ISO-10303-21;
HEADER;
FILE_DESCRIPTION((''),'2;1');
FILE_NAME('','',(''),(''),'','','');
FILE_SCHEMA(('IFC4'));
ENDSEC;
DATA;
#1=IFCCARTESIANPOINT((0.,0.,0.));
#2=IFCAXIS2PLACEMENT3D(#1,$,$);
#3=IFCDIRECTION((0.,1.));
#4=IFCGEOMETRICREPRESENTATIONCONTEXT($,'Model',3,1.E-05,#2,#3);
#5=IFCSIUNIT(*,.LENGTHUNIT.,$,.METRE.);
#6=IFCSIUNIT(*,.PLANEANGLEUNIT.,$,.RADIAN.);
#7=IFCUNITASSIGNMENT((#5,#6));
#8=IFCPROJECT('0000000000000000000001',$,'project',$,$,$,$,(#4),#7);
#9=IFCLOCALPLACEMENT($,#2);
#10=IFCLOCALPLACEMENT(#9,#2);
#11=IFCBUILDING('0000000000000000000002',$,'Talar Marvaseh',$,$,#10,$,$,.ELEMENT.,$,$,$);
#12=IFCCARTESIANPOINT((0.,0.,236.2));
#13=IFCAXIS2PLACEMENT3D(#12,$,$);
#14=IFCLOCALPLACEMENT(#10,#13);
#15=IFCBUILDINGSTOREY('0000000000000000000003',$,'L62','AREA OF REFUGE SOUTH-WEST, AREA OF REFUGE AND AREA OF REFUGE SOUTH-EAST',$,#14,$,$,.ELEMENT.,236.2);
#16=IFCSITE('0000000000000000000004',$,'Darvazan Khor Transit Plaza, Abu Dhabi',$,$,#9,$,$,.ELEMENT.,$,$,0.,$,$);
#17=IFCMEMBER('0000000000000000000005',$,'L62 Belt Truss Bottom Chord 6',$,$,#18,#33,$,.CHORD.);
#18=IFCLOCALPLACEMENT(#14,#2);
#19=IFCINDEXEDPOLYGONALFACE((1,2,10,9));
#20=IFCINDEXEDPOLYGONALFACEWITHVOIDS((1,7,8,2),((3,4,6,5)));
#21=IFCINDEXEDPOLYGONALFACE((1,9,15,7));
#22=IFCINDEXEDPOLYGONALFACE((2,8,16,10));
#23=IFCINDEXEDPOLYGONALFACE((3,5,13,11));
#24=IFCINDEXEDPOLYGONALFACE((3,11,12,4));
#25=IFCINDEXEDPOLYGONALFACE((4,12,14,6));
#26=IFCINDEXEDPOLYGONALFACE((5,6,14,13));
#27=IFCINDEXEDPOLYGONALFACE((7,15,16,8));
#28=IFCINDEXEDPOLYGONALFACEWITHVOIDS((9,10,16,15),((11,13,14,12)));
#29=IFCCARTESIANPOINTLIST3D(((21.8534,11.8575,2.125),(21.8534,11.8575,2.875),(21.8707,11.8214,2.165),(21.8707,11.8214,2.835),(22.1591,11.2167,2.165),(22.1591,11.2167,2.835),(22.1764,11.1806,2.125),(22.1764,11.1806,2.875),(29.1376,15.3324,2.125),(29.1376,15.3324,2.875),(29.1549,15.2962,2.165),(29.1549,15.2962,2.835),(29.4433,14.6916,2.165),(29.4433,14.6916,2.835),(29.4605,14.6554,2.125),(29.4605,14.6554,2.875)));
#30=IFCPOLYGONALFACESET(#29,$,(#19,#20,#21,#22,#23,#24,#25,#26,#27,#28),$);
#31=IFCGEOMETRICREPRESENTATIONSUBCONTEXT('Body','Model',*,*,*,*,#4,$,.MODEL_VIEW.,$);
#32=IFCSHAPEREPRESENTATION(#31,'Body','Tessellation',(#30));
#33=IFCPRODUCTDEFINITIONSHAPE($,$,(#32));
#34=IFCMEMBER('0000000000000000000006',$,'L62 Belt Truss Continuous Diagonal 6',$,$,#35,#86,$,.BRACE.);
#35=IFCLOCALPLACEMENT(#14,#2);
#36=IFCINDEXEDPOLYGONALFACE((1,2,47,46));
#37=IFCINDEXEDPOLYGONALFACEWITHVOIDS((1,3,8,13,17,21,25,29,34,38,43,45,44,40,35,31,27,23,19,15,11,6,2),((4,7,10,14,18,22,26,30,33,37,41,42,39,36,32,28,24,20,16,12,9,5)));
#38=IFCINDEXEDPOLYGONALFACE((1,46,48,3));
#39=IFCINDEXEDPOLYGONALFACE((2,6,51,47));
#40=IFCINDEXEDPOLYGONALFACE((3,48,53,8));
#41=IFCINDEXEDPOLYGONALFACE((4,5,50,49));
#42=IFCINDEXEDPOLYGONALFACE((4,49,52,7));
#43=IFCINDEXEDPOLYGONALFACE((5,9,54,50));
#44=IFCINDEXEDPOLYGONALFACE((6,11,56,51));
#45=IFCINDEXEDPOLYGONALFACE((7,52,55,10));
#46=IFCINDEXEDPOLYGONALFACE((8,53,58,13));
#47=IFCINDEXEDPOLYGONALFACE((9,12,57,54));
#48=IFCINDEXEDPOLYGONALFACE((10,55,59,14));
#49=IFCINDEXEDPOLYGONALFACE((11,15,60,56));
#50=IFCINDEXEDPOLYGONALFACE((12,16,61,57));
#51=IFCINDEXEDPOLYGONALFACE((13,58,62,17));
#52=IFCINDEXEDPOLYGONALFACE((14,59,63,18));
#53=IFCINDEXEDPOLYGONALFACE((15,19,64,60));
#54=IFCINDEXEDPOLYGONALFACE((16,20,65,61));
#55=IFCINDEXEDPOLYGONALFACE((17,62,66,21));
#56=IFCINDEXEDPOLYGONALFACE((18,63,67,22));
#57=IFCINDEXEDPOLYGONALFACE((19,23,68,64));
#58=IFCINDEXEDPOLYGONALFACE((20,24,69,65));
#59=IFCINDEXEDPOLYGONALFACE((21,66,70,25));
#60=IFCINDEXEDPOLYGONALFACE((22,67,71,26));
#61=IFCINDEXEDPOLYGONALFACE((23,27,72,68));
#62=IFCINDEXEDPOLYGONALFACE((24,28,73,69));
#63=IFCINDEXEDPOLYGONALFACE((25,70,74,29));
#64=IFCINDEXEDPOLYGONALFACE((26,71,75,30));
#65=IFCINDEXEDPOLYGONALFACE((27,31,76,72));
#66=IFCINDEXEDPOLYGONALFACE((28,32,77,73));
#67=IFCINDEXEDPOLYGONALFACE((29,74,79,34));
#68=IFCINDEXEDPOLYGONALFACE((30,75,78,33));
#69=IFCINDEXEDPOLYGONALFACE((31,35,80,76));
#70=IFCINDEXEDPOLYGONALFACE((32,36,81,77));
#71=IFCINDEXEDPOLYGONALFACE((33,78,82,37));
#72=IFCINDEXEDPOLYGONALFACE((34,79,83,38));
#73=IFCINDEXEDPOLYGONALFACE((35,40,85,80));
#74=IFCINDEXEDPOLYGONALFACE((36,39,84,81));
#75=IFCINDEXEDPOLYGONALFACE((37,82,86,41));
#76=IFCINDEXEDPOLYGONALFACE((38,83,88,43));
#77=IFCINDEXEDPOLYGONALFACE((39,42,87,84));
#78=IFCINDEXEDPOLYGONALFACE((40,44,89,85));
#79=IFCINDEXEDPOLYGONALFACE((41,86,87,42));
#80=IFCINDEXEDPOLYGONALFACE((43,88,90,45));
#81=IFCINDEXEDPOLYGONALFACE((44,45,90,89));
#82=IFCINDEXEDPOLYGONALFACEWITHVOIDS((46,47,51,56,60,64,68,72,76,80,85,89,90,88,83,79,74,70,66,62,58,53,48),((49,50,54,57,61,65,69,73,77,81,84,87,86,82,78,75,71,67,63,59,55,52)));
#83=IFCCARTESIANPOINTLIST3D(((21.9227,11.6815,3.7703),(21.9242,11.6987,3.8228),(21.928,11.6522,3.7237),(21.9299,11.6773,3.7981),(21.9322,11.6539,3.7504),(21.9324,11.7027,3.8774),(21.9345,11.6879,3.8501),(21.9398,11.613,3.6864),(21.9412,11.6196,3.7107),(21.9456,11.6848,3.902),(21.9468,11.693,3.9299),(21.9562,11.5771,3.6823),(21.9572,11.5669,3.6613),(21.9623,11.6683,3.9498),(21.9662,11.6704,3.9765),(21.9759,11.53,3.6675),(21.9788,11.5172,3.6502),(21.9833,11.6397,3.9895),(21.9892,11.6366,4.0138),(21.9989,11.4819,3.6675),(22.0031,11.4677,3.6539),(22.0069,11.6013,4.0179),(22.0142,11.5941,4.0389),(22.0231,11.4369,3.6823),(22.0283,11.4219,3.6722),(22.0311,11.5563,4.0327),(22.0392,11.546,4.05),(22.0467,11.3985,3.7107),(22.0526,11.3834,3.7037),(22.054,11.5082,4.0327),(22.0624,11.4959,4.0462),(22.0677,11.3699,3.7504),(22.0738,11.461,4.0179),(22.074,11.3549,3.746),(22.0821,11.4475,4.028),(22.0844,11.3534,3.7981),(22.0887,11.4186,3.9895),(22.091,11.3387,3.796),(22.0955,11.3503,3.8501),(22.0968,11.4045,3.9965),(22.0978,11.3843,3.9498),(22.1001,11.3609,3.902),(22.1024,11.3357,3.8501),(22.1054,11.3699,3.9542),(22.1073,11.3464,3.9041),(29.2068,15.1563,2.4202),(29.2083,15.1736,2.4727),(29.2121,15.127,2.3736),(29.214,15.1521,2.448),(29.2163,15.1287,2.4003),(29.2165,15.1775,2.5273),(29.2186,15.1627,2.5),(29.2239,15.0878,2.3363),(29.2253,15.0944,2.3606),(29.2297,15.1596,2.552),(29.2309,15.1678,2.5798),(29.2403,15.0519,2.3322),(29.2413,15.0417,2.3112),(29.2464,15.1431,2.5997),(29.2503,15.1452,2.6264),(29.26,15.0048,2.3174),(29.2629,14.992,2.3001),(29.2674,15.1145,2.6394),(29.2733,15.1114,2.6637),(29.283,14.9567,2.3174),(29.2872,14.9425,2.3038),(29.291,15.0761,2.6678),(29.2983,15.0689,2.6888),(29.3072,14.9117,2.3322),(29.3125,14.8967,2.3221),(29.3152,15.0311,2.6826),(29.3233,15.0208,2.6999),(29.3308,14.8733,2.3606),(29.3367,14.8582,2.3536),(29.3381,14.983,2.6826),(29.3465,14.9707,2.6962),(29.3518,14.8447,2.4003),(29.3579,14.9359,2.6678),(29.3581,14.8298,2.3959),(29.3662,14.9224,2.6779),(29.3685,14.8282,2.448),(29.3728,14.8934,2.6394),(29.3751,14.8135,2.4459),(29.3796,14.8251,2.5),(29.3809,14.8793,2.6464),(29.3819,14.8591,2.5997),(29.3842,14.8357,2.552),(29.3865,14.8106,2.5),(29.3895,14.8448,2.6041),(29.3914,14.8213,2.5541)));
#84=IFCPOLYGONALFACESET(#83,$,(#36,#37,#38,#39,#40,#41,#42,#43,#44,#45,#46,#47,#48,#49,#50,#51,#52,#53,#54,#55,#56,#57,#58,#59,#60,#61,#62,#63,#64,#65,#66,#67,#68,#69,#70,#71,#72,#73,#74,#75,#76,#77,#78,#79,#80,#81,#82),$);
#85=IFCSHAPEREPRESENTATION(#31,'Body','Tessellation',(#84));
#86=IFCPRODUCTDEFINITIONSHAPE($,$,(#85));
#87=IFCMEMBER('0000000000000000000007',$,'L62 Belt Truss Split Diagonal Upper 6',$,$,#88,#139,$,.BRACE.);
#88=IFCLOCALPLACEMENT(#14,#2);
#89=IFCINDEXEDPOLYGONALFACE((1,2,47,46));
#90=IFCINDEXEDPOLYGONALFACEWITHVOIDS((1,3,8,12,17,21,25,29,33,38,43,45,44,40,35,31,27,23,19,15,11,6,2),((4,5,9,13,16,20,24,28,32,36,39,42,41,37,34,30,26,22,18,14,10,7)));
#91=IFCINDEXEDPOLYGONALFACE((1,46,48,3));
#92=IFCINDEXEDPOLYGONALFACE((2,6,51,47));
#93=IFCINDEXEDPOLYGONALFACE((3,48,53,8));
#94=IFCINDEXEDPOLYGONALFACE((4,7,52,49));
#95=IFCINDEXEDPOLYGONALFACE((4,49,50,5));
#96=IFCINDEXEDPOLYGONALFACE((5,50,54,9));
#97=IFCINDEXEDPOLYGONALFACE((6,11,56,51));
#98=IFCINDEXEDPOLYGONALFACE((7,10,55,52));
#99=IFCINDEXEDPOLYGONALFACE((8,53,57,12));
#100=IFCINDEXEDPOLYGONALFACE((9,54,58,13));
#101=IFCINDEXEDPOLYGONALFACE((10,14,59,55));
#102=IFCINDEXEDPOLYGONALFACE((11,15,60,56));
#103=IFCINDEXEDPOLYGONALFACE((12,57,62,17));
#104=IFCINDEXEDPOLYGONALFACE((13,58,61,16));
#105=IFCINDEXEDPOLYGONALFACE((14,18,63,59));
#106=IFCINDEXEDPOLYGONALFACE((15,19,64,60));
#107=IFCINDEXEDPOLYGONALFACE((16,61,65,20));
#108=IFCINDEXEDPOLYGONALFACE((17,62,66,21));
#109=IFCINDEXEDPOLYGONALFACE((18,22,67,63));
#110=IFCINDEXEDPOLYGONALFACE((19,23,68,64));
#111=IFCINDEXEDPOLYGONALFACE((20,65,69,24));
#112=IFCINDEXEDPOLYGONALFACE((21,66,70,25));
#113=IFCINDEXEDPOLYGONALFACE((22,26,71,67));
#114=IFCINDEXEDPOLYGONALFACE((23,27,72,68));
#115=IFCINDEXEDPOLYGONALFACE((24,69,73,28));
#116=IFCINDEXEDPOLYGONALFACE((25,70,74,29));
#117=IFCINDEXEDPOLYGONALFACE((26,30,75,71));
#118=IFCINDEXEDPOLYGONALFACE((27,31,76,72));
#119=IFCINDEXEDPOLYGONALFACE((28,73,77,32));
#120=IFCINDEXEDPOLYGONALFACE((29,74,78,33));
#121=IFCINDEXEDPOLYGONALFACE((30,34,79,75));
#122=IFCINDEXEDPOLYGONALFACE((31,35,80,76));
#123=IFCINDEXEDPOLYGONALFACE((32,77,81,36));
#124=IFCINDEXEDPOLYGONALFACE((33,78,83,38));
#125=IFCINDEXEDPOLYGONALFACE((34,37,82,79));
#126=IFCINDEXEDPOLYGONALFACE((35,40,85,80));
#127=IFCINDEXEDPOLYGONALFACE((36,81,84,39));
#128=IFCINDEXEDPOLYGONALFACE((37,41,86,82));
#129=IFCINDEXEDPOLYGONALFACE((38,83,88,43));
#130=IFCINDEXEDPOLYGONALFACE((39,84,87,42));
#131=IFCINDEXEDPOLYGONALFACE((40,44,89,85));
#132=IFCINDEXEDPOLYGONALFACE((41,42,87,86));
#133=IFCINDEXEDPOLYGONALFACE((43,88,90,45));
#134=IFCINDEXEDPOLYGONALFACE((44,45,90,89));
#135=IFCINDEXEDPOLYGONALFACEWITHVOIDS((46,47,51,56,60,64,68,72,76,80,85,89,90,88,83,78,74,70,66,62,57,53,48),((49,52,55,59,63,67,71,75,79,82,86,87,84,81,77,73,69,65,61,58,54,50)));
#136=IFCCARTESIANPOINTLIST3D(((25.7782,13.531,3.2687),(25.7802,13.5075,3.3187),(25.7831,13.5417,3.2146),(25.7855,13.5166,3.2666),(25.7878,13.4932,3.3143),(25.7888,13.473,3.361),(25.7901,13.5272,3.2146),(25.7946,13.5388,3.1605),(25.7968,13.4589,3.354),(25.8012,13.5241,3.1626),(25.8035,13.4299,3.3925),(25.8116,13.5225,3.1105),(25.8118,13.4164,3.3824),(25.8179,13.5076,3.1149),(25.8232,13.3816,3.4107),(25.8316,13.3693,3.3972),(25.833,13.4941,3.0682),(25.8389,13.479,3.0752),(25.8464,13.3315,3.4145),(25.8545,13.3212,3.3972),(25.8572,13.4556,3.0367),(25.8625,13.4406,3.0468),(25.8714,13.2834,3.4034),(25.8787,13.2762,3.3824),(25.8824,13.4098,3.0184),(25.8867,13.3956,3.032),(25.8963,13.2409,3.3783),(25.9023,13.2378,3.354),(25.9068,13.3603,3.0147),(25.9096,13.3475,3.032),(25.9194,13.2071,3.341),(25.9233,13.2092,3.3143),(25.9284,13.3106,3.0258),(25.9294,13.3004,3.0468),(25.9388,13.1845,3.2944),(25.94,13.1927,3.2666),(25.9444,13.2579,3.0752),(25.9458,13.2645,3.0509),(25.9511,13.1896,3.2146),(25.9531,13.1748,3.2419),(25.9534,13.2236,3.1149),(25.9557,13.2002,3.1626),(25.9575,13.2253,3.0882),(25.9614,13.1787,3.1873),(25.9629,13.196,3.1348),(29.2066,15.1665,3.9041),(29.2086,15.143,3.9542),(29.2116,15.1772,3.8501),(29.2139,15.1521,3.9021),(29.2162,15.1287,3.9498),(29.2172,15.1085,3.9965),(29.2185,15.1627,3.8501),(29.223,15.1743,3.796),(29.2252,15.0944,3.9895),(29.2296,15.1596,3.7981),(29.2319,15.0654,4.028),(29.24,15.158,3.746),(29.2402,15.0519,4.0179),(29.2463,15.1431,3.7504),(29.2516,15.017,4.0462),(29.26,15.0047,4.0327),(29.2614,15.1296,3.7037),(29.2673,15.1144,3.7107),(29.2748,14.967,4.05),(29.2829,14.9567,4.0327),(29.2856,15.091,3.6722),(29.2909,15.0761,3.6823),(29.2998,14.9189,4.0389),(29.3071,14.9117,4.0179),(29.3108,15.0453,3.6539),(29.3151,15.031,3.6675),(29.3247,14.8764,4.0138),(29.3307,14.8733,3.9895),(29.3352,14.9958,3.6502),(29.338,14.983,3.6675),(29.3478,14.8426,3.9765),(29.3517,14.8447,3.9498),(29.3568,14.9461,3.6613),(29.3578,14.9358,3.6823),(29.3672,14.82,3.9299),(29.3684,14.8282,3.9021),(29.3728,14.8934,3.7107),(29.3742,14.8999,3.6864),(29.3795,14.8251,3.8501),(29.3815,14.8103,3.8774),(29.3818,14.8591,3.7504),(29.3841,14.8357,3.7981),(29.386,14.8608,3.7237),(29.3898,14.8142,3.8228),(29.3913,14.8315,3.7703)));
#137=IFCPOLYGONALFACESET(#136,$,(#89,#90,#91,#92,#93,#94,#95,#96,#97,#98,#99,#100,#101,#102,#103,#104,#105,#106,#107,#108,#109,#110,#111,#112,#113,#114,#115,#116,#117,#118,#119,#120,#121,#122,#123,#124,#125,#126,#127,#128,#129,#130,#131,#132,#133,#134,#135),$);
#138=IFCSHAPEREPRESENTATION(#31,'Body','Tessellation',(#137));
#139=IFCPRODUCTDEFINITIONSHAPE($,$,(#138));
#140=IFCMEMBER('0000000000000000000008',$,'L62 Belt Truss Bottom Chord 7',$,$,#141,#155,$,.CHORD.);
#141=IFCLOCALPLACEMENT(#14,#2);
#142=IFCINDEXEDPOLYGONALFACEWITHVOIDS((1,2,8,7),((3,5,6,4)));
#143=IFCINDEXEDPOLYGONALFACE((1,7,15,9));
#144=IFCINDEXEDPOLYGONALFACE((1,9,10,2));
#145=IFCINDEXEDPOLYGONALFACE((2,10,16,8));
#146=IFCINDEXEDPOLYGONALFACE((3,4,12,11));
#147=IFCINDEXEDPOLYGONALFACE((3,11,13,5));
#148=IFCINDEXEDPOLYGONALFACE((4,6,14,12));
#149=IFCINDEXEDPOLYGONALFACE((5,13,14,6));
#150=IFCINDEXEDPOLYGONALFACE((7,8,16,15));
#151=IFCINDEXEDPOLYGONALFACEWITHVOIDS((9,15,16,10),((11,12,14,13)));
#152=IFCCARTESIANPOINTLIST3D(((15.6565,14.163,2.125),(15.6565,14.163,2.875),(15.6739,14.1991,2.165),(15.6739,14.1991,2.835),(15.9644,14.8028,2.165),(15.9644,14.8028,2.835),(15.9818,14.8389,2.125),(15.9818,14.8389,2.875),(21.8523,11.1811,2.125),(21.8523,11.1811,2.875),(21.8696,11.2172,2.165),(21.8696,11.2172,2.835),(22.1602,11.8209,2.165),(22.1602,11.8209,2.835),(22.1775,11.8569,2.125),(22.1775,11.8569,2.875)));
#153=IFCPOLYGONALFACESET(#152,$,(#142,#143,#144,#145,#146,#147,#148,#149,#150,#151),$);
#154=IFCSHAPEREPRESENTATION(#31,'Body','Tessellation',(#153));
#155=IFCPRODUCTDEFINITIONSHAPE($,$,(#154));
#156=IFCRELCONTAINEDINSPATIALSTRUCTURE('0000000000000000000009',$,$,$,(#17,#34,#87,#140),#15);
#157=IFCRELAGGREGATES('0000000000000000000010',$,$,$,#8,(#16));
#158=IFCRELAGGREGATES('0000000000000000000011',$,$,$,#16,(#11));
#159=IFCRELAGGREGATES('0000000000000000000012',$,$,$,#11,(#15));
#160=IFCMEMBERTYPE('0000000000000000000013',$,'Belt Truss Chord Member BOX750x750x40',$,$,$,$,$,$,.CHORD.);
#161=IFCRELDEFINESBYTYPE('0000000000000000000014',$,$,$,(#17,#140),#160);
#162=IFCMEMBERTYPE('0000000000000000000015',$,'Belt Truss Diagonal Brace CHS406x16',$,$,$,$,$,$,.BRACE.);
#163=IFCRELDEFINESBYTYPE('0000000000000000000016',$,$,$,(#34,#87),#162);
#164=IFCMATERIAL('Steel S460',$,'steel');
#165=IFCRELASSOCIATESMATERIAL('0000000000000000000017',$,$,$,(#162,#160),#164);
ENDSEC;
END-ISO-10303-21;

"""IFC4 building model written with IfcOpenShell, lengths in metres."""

from ifc_helpers import new_model, si_unit, direction, frame, origin, origin_2d, place, context, subcontext, project, spatial, hollow_rectangle, hollow_circle, extrude, source, transform, mapped, material, material_profile, profile_set, type_object, type_shapes, element, save


model = new_model("IFC4")

# Units and contexts
model_context = context("Model", 3, precision=1e-05, world=origin(), true_north=direction((0.0, 1.0)))
body_context = subcontext(model_context, "Body", "Model", "MODEL_VIEW")
ifc_project = project(units=[si_unit("LENGTHUNIT", "METRE"), si_unit("PLANEANGLEUNIT", "RADIAN")], contexts=[model_context])

# Site, building, storey
site_placement = place(None, origin())
site = spatial("IfcSite", under=ifc_project, at=site_placement, Name="Darvazan Khor Transit Plaza, Abu Dhabi", CompositionType="ELEMENT", RefElevation=0.0)
building_placement = place(site_placement, origin())
building = spatial("IfcBuilding", under=site, at=building_placement, Name="Talar Marvaseh", CompositionType="ELEMENT")
storey_placement = place(building_placement, frame((0.0, 0.0, 236.2)))
storey = spatial("IfcBuildingStorey", under=building, at=storey_placement, Name="L62", Description="AREA OF REFUGE SOUTH-WEST, AREA OF REFUGE AND AREA OF REFUGE SOUTH-EAST", CompositionType="ELEMENT", Elevation=236.2)

# Shared definitions
ifc_material_1 = material(Name="Steel S460", Category="steel")

# Members
ifc_material_profile_1 = material_profile(ifc_material_1, hollow_circle(Radius=0.2031, WallThickness=0.0161, at=origin_2d()), Name="CHS406x16")
ifc_profile_set_1 = profile_set([ifc_material_profile_1], Name="Steel S460")
member_type_1 = type_object("IfcMemberType", Name="Belt Truss Diagonal Brace CHS406x16", PredefinedType="BRACE", material=ifc_profile_set_1)
ifc_material_profile_2 = material_profile(ifc_material_1, hollow_rectangle(XDim=0.75, YDim=0.75, WallThickness=0.04, at=origin_2d()), Name="BOX750x750x40")
ifc_profile_set_2 = profile_set([ifc_material_profile_2], Name="Steel S460")
member_type_2 = type_object("IfcMemberType", Name="Belt Truss Chord Member BOX750x750x40", PredefinedType="CHORD", material=ifc_profile_set_2)
shared_shape_1 = source(origin(), body_context, "Body", "SweptSolid", [
    extrude(hollow_rectangle(XDim=0.75, YDim=0.75, WallThickness=0.04, at=origin_2d()), origin(), (0.0, 0.0, 1.0), 8.0706),
])
member_1_placement = place(storey_placement, frame((29.2991, 14.9939, 2.5), z_axis=(-0.902562, -0.430559, 0.0), x_axis=(0.430559, -0.902562, 0.0)))
element("IfcMember", 1, at=member_1_placement, inside=storey, type_object=member_type_2, Name="L62 Belt Truss Bottom Chord 6", PredefinedType="CHORD", context=body_context, shape_type="MappedRepresentation", body=[
    mapped(shared_shape_1, transform((0.0, 0.0, 0.0), x_axis=(1.0, 0.0, 0.0), y_axis=(0.0, 1.0, 0.0), z_axis=(0.0, 0.0, 1.0), scale=1.0)),
])
shared_shape_2 = source(origin(), body_context, "Body", "SweptSolid", [
    extrude(hollow_circle(Radius=0.2031, WallThickness=0.0161, at=origin_2d()), origin(), (0.0, 0.0, 1.0), 8.1826),
])
member_2_placement = place(storey_placement, frame((29.2991, 14.9939, 2.5), z_axis=(-0.890192, -0.424658, 0.164994), x_axis=(0.430559, -0.902562, 0.0)))
element("IfcMember", 2, at=member_2_placement, inside=storey, type_object=member_type_1, Name="L62 Belt Truss Continuous Diagonal 6", PredefinedType="BRACE", context=body_context, shape_type="MappedRepresentation", body=[
    mapped(shared_shape_2, transform((0.0, 0.0, 0.0), x_axis=(1.0, 0.0, 0.0), y_axis=(0.0, 1.0, 0.0), z_axis=(0.0, 0.0, 1.0), scale=1.0)),
])
shared_shape_3 = source(origin(), body_context, "Body", "SweptSolid", [
    extrude(hollow_circle(Radius=0.2031, WallThickness=0.0161, at=origin_2d()), origin(), (0.0, 0.0, 1.0), 3.8513),
])
member_3_placement = place(storey_placement, frame((25.8706, 13.3584, 3.2146), z_axis=(0.890193, 0.424653, 0.165005), x_axis=(-0.430555, 0.902564, 0.0)))
element("IfcMember", 3, at=member_3_placement, inside=storey, type_object=member_type_1, Name="L62 Belt Truss Split Diagonal Upper 6", PredefinedType="BRACE", context=body_context, shape_type="MappedRepresentation", body=[
    mapped(shared_shape_3, transform((0.0, 0.0, 0.0), x_axis=(1.0, 0.0, 0.0), y_axis=(0.0, 1.0, 0.0), z_axis=(0.0, 0.0, 1.0), scale=1.0)),
])
shared_shape_4 = source(origin(), body_context, "Body", "SweptSolid", [
    extrude(hollow_rectangle(XDim=0.75, YDim=0.75, WallThickness=0.04, at=origin_2d()), origin(), (0.0, 0.0, 1.0), 6.876),
])
type_shapes(member_type_2, [shared_shape_1, shared_shape_4])
member_4_placement = place(storey_placement, frame((22.0149, 11.519, 2.5), z_axis=(-0.901072, 0.43367, 0.0), x_axis=(-0.43367, -0.901072, 0.0)))
element("IfcMember", 4, at=member_4_placement, inside=storey, type_object=member_type_2, Name="L62 Belt Truss Bottom Chord 7", PredefinedType="CHORD", context=body_context, shape_type="MappedRepresentation", body=[
    mapped(shared_shape_4, transform((0.0, 0.0, 0.0), x_axis=(1.0, 0.0, 0.0), y_axis=(0.0, 1.0, 0.0), z_axis=(0.0, 0.0, 1.0), scale=1.0)),
])

save(model, "model.ifc")
